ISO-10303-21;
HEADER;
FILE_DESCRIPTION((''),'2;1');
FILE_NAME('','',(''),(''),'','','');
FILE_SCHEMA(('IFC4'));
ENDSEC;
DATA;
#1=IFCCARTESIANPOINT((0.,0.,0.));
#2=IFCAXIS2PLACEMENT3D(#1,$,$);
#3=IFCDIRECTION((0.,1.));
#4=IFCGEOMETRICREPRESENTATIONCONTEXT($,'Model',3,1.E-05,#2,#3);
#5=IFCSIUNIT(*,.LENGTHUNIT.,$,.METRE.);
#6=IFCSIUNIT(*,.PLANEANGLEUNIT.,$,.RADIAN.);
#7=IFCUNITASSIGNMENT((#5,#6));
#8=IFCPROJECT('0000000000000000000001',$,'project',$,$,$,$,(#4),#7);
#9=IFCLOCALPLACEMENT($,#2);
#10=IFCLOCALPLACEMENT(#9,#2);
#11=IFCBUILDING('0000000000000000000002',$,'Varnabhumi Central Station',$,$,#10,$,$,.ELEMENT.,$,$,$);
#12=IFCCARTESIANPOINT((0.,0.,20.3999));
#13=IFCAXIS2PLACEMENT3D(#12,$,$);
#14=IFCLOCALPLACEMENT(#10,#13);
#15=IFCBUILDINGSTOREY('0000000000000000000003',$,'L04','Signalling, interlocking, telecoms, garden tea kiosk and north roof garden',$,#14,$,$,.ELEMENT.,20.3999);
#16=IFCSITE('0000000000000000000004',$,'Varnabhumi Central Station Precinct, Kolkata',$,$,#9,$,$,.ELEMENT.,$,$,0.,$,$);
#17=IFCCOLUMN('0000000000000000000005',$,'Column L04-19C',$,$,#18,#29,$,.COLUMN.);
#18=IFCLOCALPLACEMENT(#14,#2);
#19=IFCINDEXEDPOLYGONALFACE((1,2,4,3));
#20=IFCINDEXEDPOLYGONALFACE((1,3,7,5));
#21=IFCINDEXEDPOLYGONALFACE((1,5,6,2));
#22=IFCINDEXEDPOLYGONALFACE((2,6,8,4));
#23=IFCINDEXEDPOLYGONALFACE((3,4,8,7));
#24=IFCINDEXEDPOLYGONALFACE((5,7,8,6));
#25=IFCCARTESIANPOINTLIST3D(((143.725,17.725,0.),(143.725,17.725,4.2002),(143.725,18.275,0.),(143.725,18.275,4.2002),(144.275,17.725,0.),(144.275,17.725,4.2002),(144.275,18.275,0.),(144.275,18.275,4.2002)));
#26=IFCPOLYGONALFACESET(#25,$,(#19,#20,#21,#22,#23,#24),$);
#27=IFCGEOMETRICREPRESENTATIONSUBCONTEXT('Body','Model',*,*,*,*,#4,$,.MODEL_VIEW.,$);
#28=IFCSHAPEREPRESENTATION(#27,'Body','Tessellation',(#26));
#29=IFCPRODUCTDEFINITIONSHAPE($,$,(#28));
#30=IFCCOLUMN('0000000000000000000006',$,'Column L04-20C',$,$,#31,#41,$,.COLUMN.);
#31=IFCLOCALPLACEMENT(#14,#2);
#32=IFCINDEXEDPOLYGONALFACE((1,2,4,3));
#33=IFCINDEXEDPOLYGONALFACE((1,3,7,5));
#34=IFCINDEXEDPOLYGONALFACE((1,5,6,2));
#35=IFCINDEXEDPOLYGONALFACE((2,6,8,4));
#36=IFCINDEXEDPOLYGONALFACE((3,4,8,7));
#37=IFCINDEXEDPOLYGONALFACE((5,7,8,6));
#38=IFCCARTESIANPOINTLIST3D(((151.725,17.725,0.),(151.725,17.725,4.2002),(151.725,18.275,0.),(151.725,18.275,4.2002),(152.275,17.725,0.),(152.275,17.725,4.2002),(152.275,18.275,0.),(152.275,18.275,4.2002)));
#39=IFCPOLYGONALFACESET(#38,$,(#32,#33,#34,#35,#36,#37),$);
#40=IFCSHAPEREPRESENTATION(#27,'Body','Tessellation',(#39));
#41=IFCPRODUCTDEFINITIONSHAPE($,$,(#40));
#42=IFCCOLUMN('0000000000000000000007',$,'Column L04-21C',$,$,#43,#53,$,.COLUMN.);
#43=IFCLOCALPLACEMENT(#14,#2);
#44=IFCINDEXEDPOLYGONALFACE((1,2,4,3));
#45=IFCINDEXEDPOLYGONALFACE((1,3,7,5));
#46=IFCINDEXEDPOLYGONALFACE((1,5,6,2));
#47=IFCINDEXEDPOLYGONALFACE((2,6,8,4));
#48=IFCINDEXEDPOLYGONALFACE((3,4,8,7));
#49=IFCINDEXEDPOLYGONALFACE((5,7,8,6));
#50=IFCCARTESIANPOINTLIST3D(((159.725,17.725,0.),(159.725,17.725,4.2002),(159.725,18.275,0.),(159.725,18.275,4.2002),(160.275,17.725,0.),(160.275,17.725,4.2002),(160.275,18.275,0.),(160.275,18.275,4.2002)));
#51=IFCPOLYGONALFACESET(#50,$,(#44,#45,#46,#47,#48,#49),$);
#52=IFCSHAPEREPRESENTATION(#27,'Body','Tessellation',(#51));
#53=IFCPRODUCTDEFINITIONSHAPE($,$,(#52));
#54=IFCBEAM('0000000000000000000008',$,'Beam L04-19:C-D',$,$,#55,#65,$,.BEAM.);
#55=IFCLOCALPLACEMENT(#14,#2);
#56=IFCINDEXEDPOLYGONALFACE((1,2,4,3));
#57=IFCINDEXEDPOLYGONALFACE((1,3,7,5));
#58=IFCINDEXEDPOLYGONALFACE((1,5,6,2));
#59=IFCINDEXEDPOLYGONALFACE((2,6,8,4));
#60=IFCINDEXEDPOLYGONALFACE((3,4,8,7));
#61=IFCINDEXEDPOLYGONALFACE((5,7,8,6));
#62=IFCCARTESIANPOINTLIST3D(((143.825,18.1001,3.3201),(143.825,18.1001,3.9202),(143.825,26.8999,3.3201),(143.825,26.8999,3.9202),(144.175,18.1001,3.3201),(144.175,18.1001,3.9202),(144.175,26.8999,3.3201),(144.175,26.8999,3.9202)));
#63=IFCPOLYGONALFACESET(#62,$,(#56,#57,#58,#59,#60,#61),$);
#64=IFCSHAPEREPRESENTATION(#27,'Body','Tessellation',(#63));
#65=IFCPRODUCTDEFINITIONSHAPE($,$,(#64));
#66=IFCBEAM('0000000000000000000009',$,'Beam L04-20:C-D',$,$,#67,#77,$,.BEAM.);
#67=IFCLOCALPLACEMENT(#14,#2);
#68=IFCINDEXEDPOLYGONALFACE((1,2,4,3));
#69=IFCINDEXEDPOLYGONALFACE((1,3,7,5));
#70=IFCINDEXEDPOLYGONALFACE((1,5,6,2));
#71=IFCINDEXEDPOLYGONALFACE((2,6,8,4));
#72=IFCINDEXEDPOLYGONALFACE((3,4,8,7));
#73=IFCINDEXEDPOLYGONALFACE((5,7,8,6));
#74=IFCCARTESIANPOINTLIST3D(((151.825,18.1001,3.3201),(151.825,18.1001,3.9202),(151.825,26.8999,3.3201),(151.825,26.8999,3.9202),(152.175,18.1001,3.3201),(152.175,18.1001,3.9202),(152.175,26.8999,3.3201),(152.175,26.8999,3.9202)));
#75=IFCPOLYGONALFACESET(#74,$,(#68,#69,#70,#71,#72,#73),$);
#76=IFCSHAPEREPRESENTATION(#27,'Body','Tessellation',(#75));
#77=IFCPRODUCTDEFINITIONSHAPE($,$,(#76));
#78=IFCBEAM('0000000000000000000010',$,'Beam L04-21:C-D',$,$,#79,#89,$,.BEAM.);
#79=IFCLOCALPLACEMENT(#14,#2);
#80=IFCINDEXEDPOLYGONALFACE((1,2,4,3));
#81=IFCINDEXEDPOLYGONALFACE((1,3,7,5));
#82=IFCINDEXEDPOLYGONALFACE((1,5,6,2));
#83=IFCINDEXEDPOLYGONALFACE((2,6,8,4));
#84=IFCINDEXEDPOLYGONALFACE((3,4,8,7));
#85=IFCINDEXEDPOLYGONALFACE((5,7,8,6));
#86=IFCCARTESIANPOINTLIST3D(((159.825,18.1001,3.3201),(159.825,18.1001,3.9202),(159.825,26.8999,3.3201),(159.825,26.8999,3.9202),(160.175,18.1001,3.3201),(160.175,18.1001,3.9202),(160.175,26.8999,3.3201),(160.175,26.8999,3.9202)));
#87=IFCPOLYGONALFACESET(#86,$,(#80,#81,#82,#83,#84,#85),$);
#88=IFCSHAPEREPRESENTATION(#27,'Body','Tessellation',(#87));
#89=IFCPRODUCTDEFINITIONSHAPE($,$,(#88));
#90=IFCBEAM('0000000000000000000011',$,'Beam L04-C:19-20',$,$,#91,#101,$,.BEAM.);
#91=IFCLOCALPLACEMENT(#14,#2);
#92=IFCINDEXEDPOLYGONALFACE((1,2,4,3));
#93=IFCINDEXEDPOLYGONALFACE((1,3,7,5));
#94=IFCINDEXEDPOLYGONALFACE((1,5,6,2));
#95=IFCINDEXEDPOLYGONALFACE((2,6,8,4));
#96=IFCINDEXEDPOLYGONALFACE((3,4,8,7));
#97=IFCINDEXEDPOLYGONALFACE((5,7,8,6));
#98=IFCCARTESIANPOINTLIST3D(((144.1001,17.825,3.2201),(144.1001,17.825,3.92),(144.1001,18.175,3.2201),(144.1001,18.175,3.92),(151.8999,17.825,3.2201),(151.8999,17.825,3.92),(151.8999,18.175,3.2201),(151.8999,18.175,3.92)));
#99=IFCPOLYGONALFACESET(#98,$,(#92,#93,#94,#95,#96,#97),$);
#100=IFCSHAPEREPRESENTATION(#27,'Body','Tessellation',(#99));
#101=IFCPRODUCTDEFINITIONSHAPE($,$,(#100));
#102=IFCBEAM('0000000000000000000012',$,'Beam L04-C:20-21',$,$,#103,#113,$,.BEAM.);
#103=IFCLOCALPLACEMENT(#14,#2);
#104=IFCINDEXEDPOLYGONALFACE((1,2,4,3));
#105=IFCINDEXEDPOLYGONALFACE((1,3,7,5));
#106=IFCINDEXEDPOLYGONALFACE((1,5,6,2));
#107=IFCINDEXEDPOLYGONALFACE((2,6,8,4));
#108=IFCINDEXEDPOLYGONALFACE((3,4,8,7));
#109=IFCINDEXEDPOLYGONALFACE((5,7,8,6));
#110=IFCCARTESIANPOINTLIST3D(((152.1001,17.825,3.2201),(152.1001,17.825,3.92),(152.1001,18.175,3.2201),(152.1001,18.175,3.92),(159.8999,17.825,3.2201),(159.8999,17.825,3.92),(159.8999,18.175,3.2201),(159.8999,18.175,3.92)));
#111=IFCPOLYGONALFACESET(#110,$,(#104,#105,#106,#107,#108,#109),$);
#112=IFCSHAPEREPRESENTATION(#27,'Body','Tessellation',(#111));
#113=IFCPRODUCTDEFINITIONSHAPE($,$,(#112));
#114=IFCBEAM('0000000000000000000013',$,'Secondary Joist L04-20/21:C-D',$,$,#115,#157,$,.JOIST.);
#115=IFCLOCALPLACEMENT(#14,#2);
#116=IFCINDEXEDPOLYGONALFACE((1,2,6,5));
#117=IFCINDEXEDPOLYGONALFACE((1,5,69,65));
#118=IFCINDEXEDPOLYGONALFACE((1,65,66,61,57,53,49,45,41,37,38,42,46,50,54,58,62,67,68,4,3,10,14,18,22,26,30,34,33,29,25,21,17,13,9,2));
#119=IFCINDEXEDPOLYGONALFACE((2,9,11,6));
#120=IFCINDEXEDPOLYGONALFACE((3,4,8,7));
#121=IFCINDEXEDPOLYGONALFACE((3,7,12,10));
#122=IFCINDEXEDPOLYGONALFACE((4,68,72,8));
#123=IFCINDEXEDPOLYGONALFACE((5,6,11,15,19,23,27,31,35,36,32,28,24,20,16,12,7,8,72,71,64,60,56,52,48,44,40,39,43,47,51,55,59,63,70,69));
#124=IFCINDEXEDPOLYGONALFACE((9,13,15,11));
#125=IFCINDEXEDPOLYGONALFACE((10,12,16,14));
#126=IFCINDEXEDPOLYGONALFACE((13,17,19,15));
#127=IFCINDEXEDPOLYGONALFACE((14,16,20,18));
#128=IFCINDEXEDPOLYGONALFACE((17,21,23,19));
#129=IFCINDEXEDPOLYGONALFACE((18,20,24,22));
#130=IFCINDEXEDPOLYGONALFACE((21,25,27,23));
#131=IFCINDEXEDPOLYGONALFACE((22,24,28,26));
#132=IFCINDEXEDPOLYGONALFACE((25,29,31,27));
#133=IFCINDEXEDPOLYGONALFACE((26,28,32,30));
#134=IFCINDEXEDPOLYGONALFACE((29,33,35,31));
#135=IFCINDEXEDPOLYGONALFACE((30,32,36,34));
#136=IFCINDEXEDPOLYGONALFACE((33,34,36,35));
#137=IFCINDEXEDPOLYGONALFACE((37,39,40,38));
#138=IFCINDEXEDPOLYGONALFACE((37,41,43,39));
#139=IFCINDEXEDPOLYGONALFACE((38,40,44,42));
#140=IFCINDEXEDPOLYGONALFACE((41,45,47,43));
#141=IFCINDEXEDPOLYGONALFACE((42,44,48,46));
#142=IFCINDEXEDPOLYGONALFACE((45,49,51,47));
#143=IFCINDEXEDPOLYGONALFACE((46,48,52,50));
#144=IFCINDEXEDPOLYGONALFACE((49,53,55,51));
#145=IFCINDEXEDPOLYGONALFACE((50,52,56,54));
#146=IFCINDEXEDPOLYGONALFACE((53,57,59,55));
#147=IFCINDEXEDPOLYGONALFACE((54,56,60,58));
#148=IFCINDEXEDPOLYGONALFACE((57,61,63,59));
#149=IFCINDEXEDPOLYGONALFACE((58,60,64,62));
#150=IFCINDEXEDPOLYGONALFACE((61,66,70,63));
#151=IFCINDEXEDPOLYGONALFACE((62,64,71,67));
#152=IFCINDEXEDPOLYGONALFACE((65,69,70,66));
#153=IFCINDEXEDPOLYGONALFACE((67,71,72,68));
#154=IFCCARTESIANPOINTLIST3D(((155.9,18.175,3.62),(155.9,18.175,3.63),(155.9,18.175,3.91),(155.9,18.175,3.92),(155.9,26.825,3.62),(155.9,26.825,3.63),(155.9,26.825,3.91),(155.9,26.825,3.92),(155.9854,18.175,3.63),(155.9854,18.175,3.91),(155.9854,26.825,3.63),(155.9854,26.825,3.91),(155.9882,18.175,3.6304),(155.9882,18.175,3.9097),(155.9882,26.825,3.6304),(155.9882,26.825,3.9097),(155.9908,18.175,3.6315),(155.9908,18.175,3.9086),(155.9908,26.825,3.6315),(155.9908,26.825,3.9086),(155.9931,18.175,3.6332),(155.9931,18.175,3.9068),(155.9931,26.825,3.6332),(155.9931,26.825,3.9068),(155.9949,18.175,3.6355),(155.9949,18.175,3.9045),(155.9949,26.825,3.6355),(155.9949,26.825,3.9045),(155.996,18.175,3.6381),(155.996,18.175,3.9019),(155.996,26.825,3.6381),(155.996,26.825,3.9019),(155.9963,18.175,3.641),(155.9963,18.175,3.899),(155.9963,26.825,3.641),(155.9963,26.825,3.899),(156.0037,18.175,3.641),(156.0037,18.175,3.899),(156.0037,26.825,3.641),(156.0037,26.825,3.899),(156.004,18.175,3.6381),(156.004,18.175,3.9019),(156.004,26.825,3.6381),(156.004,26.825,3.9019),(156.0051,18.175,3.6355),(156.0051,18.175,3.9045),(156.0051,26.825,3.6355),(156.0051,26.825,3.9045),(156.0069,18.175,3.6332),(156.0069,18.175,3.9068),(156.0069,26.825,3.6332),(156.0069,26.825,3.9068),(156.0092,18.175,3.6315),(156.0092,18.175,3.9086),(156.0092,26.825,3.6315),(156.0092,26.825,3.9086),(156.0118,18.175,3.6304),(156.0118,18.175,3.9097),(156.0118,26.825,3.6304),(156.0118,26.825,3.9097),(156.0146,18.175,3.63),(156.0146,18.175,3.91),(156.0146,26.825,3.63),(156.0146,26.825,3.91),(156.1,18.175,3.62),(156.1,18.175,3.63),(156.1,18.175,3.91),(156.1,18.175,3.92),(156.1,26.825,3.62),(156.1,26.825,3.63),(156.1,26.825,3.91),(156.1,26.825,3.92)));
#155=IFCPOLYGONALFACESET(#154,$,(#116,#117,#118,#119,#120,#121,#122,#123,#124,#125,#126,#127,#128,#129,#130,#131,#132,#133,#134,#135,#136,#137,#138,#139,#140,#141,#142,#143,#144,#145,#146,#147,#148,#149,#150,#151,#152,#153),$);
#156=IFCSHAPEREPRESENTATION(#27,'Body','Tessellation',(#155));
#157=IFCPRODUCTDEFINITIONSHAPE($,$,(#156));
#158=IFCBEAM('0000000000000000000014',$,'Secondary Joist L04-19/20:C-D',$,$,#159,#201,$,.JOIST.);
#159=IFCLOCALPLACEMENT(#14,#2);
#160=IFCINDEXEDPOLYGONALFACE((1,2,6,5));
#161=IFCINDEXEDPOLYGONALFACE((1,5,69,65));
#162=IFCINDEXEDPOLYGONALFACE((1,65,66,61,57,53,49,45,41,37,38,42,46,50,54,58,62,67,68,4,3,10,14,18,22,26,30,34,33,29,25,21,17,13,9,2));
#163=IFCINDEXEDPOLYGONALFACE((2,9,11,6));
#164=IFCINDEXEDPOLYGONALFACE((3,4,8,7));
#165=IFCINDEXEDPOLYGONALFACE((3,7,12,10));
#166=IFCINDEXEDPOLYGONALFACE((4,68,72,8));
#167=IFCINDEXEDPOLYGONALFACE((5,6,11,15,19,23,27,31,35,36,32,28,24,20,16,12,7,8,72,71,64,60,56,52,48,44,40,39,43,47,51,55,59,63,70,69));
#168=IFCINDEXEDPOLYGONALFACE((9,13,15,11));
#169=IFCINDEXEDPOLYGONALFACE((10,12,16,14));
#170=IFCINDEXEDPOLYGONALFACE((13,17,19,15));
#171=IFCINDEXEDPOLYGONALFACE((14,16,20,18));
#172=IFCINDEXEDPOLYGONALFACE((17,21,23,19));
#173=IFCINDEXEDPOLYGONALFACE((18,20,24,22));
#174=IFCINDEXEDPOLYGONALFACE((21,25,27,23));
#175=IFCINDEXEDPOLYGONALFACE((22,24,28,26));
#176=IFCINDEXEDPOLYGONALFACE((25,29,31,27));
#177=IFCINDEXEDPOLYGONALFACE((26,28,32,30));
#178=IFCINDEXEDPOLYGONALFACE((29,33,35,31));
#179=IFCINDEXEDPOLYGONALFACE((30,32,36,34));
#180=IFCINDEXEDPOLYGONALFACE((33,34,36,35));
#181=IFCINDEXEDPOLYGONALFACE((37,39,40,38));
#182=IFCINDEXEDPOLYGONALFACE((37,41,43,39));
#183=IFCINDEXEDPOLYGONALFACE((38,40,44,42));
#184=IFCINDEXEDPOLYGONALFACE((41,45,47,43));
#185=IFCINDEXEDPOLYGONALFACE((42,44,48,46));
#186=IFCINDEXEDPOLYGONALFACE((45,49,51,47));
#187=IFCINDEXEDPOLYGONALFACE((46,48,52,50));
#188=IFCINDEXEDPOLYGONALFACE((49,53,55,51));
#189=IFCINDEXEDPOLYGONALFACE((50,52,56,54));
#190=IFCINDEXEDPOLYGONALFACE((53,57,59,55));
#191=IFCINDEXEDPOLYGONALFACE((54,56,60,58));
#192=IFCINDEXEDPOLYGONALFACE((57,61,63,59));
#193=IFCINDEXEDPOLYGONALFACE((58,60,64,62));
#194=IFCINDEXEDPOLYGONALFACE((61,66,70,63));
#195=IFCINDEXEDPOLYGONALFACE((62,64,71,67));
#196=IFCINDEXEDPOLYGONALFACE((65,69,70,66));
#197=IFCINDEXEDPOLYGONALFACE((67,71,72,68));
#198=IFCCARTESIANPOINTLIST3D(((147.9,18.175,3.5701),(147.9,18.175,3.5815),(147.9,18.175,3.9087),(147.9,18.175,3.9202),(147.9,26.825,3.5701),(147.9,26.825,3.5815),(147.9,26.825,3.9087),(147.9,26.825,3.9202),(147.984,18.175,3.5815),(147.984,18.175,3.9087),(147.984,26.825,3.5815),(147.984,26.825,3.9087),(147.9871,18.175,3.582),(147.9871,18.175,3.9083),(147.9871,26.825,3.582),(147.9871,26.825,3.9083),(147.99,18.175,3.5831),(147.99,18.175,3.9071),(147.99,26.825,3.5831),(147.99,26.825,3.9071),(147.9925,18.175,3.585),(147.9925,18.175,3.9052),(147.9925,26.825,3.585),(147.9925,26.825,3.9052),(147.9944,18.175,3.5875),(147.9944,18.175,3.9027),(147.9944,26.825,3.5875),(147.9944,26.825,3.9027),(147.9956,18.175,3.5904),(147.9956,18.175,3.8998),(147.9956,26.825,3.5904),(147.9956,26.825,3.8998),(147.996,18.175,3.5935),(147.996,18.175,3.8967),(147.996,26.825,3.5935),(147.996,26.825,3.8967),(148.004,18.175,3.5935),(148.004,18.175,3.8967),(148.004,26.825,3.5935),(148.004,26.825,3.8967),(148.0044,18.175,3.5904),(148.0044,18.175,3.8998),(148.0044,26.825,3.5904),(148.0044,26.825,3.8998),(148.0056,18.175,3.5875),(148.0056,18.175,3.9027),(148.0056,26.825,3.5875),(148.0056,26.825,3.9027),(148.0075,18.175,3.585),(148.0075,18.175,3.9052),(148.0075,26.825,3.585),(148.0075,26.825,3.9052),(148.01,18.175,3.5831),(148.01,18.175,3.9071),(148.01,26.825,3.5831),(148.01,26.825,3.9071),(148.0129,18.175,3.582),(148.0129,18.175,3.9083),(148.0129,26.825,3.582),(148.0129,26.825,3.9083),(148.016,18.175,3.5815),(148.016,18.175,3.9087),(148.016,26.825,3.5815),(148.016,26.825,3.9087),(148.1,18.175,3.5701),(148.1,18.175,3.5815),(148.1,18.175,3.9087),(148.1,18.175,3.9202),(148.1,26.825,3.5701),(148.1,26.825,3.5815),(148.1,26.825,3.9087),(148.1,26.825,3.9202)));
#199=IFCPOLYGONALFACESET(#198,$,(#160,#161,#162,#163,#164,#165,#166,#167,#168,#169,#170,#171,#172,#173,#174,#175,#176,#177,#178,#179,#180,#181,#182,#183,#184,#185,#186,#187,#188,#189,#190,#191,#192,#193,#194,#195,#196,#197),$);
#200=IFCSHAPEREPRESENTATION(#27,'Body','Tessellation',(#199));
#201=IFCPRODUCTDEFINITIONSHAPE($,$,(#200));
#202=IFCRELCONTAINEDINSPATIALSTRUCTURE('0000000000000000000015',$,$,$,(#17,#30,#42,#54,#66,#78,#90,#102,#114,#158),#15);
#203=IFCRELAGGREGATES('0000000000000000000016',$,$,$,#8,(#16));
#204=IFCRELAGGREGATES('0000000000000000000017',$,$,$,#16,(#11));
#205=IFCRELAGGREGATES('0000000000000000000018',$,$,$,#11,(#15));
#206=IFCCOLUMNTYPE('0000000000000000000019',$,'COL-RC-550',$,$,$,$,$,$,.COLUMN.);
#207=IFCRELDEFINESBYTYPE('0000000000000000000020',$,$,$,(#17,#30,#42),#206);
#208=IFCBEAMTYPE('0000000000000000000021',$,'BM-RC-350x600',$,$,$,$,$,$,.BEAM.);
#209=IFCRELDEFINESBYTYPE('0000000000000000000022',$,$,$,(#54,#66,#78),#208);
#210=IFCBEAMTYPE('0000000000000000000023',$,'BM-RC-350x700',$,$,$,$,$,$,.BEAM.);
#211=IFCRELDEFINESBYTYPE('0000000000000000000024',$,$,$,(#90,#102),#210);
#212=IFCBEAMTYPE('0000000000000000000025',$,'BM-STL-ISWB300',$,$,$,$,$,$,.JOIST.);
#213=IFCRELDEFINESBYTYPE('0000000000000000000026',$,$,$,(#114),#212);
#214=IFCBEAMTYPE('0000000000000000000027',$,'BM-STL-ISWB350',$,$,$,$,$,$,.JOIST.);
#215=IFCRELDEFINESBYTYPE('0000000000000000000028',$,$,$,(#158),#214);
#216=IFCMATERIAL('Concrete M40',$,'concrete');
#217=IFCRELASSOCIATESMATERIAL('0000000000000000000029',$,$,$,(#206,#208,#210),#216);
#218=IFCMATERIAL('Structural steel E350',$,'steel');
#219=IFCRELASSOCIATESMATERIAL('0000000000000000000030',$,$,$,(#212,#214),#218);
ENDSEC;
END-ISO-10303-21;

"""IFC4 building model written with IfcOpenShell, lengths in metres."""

from ifc_helpers import new_model, si_unit, direction, frame, origin, origin_2d, place, context, subcontext, project, spatial, rectangle, i_section, extrude, material, material_profile, profile_set, type_object, element, save


model = new_model("IFC4")

# Units and contexts
model_context = context("Model", 3, precision=1e-05, world=origin(), true_north=direction((0.0, 1.0)))
body_context = subcontext(model_context, "Body", "Model", "MODEL_VIEW")
ifc_project = project(units=[si_unit("LENGTHUNIT", "METRE"), si_unit("PLANEANGLEUNIT", "RADIAN")], contexts=[model_context])

# Site, building, storey
site_placement = place(None, origin())
site = spatial("IfcSite", under=ifc_project, at=site_placement, Name="Varnabhumi Central Station Precinct, Kolkata", CompositionType="ELEMENT", RefElevation=0.0)
building_placement = place(site_placement, origin())
building = spatial("IfcBuilding", under=site, at=building_placement, Name="Varnabhumi Central Station", CompositionType="ELEMENT")
storey_placement = place(building_placement, frame((0.0, 0.0, 20.3999)))
storey = spatial("IfcBuildingStorey", under=building, at=storey_placement, Name="L04", Description="Signalling, interlocking, telecoms, garden tea kiosk and north roof garden", CompositionType="ELEMENT", Elevation=20.3999)

# Columns
ifc_material_1 = material(Name="Concrete M40", Category="concrete")
ifc_material_profile_1 = material_profile(ifc_material_1, rectangle(XDim=0.55, YDim=0.55, at=origin_2d()), Name="Concrete M40", Category="concrete")
ifc_profile_set_1 = profile_set([ifc_material_profile_1], Name="Concrete M40")
column_type = type_object("IfcColumnType", Name="COL-RC-550", PredefinedType="COLUMN", material=ifc_profile_set_1)
for number, where, z_axis, x_axis, name in (
    (1, (144.0, 18.0, 0.0), (0.0, 0.0, 1.0), (1.0, 0.0, 0.0), "Column L04-19C"),
    (2, (152.0, 18.0, 0.0), (0.0, 0.0, 1.0), (1.0, 0.0, 0.0), "Column L04-20C"),
    (3, (160.0, 18.0, 0.0), (0.0, 0.0, 1.0), (1.0, 0.0, 0.0), "Column L04-21C"),
):
    element("IfcColumn", number, at=place(storey_placement, frame(where, z_axis=z_axis, x_axis=x_axis)), inside=storey, type_object=column_type, Name=name, PredefinedType="COLUMN", context=body_context, shape_type="SweptSolid", body=[
        extrude(rectangle(XDim=0.55, YDim=0.55, at=origin_2d()), origin(), (0.0, 0.0, 1.0), 4.2002),
    ])

# Beams
ifc_material_profile_2 = material_profile(ifc_material_1, rectangle(XDim=0.3501, YDim=0.6001, at=origin_2d()), Name="Concrete M40", Category="concrete")
ifc_profile_set_2 = profile_set([ifc_material_profile_2], Name="Concrete M40")
beam_type_1 = type_object("IfcBeamType", Name="BM-RC-350x600", PredefinedType="BEAM", material=ifc_profile_set_2)
for number, where, z_axis, x_axis, name in (
    (4, (144.0, 18.1001, 3.6201), (0.0, 1.0, 0.0), (-1.0, 0.0, 0.0), "Beam L04-19:C-D"),
    (5, (152.0, 18.1001, 3.6201), (0.0, 1.0, 0.0), (-1.0, 0.0, 0.0), "Beam L04-20:C-D"),
    (6, (160.0, 18.1001, 3.6201), (0.0, 1.0, 0.0), (-1.0, 0.0, 0.0), "Beam L04-21:C-D"),
):
    element("IfcBeam", number, at=place(storey_placement, frame(where, z_axis=z_axis, x_axis=x_axis)), inside=storey, type_object=beam_type_1, Name=name, PredefinedType="BEAM", context=body_context, shape_type="SweptSolid", body=[
        extrude(rectangle(XDim=0.3501, YDim=0.6001, at=origin_2d()), origin(), (0.0, 0.0, 1.0), 8.7998),
    ])
ifc_material_profile_3 = material_profile(ifc_material_1, rectangle(XDim=0.3501, YDim=0.7, at=origin_2d()), Name="Concrete M40", Category="concrete")
ifc_profile_set_3 = profile_set([ifc_material_profile_3], Name="Concrete M40")
beam_type_2 = type_object("IfcBeamType", Name="BM-RC-350x700", PredefinedType="BEAM", material=ifc_profile_set_3)
for number, where, z_axis, x_axis, name in (
    (7, (144.1001, 18.0, 3.5701), (1.0, 0.0, 0.0), (0.0, 1.0, 0.0), "Beam L04-C:19-20"),
    (8, (152.1001, 18.0, 3.5701), (1.0, 0.0, 0.0), (0.0, 1.0, 0.0), "Beam L04-C:20-21"),
):
    element("IfcBeam", number, at=place(storey_placement, frame(where, z_axis=z_axis, x_axis=x_axis)), inside=storey, type_object=beam_type_2, Name=name, PredefinedType="BEAM", context=body_context, shape_type="SweptSolid", body=[
        extrude(rectangle(XDim=0.3501, YDim=0.7, at=origin_2d()), origin(), (0.0, 0.0, 1.0), 7.7998),
    ])
ifc_material_2 = material(Name="Structural steel E350", Category="steel")
ifc_material_profile_4 = material_profile(ifc_material_2, i_section(OverallWidth=0.2, OverallDepth=0.3, WebThickness=0.0073, FlangeThickness=0.01, FilletRadius=0.011, at=origin_2d()), Name="Structural steel E350", Category="steel")
ifc_profile_set_4 = profile_set([ifc_material_profile_4], Name="Structural steel E350")
beam_type_3 = type_object("IfcBeamType", Name="BM-STL-ISWB300", PredefinedType="JOIST", material=ifc_profile_set_4)
beam_1_placement = place(storey_placement, frame((156.0, 18.175, 3.77), z_axis=(0.0, 1.0, 0.0), x_axis=(-1.0, 0.0, 0.0)))
element("IfcBeam", 9, at=beam_1_placement, inside=storey, type_object=beam_type_3, Name="Secondary Joist L04-20/21:C-D", PredefinedType="JOIST", context=body_context, shape_type="SweptSolid", body=[
    extrude(i_section(OverallWidth=0.2, OverallDepth=0.3, WebThickness=0.0073, FlangeThickness=0.01, FilletRadius=0.011, at=origin_2d()), origin(), (0.0, 0.0, 1.0), 8.6499),
])
ifc_material_profile_5 = material_profile(ifc_material_2, i_section(OverallWidth=0.2, OverallDepth=0.3501, WebThickness=0.0081, FlangeThickness=0.0115, FilletRadius=0.012, at=origin_2d()), Name="Structural steel E350", Category="steel")
ifc_profile_set_5 = profile_set([ifc_material_profile_5], Name="Structural steel E350")
beam_type_4 = type_object("IfcBeamType", Name="BM-STL-ISWB350", PredefinedType="JOIST", material=ifc_profile_set_5)
beam_2_placement = place(storey_placement, frame((148.0, 18.175, 3.7451), z_axis=(0.0, 1.0, 0.0), x_axis=(-1.0, 0.0, 0.0)))
element("IfcBeam", 10, at=beam_2_placement, inside=storey, type_object=beam_type_4, Name="Secondary Joist L04-19/20:C-D", PredefinedType="JOIST", context=body_context, shape_type="SweptSolid", body=[
    extrude(i_section(OverallWidth=0.2, OverallDepth=0.3501, WebThickness=0.0081, FlangeThickness=0.0115, FilletRadius=0.012, at=origin_2d()), origin(), (0.0, 0.0, 1.0), 8.6499),
])

save(model, "model.ifc")
